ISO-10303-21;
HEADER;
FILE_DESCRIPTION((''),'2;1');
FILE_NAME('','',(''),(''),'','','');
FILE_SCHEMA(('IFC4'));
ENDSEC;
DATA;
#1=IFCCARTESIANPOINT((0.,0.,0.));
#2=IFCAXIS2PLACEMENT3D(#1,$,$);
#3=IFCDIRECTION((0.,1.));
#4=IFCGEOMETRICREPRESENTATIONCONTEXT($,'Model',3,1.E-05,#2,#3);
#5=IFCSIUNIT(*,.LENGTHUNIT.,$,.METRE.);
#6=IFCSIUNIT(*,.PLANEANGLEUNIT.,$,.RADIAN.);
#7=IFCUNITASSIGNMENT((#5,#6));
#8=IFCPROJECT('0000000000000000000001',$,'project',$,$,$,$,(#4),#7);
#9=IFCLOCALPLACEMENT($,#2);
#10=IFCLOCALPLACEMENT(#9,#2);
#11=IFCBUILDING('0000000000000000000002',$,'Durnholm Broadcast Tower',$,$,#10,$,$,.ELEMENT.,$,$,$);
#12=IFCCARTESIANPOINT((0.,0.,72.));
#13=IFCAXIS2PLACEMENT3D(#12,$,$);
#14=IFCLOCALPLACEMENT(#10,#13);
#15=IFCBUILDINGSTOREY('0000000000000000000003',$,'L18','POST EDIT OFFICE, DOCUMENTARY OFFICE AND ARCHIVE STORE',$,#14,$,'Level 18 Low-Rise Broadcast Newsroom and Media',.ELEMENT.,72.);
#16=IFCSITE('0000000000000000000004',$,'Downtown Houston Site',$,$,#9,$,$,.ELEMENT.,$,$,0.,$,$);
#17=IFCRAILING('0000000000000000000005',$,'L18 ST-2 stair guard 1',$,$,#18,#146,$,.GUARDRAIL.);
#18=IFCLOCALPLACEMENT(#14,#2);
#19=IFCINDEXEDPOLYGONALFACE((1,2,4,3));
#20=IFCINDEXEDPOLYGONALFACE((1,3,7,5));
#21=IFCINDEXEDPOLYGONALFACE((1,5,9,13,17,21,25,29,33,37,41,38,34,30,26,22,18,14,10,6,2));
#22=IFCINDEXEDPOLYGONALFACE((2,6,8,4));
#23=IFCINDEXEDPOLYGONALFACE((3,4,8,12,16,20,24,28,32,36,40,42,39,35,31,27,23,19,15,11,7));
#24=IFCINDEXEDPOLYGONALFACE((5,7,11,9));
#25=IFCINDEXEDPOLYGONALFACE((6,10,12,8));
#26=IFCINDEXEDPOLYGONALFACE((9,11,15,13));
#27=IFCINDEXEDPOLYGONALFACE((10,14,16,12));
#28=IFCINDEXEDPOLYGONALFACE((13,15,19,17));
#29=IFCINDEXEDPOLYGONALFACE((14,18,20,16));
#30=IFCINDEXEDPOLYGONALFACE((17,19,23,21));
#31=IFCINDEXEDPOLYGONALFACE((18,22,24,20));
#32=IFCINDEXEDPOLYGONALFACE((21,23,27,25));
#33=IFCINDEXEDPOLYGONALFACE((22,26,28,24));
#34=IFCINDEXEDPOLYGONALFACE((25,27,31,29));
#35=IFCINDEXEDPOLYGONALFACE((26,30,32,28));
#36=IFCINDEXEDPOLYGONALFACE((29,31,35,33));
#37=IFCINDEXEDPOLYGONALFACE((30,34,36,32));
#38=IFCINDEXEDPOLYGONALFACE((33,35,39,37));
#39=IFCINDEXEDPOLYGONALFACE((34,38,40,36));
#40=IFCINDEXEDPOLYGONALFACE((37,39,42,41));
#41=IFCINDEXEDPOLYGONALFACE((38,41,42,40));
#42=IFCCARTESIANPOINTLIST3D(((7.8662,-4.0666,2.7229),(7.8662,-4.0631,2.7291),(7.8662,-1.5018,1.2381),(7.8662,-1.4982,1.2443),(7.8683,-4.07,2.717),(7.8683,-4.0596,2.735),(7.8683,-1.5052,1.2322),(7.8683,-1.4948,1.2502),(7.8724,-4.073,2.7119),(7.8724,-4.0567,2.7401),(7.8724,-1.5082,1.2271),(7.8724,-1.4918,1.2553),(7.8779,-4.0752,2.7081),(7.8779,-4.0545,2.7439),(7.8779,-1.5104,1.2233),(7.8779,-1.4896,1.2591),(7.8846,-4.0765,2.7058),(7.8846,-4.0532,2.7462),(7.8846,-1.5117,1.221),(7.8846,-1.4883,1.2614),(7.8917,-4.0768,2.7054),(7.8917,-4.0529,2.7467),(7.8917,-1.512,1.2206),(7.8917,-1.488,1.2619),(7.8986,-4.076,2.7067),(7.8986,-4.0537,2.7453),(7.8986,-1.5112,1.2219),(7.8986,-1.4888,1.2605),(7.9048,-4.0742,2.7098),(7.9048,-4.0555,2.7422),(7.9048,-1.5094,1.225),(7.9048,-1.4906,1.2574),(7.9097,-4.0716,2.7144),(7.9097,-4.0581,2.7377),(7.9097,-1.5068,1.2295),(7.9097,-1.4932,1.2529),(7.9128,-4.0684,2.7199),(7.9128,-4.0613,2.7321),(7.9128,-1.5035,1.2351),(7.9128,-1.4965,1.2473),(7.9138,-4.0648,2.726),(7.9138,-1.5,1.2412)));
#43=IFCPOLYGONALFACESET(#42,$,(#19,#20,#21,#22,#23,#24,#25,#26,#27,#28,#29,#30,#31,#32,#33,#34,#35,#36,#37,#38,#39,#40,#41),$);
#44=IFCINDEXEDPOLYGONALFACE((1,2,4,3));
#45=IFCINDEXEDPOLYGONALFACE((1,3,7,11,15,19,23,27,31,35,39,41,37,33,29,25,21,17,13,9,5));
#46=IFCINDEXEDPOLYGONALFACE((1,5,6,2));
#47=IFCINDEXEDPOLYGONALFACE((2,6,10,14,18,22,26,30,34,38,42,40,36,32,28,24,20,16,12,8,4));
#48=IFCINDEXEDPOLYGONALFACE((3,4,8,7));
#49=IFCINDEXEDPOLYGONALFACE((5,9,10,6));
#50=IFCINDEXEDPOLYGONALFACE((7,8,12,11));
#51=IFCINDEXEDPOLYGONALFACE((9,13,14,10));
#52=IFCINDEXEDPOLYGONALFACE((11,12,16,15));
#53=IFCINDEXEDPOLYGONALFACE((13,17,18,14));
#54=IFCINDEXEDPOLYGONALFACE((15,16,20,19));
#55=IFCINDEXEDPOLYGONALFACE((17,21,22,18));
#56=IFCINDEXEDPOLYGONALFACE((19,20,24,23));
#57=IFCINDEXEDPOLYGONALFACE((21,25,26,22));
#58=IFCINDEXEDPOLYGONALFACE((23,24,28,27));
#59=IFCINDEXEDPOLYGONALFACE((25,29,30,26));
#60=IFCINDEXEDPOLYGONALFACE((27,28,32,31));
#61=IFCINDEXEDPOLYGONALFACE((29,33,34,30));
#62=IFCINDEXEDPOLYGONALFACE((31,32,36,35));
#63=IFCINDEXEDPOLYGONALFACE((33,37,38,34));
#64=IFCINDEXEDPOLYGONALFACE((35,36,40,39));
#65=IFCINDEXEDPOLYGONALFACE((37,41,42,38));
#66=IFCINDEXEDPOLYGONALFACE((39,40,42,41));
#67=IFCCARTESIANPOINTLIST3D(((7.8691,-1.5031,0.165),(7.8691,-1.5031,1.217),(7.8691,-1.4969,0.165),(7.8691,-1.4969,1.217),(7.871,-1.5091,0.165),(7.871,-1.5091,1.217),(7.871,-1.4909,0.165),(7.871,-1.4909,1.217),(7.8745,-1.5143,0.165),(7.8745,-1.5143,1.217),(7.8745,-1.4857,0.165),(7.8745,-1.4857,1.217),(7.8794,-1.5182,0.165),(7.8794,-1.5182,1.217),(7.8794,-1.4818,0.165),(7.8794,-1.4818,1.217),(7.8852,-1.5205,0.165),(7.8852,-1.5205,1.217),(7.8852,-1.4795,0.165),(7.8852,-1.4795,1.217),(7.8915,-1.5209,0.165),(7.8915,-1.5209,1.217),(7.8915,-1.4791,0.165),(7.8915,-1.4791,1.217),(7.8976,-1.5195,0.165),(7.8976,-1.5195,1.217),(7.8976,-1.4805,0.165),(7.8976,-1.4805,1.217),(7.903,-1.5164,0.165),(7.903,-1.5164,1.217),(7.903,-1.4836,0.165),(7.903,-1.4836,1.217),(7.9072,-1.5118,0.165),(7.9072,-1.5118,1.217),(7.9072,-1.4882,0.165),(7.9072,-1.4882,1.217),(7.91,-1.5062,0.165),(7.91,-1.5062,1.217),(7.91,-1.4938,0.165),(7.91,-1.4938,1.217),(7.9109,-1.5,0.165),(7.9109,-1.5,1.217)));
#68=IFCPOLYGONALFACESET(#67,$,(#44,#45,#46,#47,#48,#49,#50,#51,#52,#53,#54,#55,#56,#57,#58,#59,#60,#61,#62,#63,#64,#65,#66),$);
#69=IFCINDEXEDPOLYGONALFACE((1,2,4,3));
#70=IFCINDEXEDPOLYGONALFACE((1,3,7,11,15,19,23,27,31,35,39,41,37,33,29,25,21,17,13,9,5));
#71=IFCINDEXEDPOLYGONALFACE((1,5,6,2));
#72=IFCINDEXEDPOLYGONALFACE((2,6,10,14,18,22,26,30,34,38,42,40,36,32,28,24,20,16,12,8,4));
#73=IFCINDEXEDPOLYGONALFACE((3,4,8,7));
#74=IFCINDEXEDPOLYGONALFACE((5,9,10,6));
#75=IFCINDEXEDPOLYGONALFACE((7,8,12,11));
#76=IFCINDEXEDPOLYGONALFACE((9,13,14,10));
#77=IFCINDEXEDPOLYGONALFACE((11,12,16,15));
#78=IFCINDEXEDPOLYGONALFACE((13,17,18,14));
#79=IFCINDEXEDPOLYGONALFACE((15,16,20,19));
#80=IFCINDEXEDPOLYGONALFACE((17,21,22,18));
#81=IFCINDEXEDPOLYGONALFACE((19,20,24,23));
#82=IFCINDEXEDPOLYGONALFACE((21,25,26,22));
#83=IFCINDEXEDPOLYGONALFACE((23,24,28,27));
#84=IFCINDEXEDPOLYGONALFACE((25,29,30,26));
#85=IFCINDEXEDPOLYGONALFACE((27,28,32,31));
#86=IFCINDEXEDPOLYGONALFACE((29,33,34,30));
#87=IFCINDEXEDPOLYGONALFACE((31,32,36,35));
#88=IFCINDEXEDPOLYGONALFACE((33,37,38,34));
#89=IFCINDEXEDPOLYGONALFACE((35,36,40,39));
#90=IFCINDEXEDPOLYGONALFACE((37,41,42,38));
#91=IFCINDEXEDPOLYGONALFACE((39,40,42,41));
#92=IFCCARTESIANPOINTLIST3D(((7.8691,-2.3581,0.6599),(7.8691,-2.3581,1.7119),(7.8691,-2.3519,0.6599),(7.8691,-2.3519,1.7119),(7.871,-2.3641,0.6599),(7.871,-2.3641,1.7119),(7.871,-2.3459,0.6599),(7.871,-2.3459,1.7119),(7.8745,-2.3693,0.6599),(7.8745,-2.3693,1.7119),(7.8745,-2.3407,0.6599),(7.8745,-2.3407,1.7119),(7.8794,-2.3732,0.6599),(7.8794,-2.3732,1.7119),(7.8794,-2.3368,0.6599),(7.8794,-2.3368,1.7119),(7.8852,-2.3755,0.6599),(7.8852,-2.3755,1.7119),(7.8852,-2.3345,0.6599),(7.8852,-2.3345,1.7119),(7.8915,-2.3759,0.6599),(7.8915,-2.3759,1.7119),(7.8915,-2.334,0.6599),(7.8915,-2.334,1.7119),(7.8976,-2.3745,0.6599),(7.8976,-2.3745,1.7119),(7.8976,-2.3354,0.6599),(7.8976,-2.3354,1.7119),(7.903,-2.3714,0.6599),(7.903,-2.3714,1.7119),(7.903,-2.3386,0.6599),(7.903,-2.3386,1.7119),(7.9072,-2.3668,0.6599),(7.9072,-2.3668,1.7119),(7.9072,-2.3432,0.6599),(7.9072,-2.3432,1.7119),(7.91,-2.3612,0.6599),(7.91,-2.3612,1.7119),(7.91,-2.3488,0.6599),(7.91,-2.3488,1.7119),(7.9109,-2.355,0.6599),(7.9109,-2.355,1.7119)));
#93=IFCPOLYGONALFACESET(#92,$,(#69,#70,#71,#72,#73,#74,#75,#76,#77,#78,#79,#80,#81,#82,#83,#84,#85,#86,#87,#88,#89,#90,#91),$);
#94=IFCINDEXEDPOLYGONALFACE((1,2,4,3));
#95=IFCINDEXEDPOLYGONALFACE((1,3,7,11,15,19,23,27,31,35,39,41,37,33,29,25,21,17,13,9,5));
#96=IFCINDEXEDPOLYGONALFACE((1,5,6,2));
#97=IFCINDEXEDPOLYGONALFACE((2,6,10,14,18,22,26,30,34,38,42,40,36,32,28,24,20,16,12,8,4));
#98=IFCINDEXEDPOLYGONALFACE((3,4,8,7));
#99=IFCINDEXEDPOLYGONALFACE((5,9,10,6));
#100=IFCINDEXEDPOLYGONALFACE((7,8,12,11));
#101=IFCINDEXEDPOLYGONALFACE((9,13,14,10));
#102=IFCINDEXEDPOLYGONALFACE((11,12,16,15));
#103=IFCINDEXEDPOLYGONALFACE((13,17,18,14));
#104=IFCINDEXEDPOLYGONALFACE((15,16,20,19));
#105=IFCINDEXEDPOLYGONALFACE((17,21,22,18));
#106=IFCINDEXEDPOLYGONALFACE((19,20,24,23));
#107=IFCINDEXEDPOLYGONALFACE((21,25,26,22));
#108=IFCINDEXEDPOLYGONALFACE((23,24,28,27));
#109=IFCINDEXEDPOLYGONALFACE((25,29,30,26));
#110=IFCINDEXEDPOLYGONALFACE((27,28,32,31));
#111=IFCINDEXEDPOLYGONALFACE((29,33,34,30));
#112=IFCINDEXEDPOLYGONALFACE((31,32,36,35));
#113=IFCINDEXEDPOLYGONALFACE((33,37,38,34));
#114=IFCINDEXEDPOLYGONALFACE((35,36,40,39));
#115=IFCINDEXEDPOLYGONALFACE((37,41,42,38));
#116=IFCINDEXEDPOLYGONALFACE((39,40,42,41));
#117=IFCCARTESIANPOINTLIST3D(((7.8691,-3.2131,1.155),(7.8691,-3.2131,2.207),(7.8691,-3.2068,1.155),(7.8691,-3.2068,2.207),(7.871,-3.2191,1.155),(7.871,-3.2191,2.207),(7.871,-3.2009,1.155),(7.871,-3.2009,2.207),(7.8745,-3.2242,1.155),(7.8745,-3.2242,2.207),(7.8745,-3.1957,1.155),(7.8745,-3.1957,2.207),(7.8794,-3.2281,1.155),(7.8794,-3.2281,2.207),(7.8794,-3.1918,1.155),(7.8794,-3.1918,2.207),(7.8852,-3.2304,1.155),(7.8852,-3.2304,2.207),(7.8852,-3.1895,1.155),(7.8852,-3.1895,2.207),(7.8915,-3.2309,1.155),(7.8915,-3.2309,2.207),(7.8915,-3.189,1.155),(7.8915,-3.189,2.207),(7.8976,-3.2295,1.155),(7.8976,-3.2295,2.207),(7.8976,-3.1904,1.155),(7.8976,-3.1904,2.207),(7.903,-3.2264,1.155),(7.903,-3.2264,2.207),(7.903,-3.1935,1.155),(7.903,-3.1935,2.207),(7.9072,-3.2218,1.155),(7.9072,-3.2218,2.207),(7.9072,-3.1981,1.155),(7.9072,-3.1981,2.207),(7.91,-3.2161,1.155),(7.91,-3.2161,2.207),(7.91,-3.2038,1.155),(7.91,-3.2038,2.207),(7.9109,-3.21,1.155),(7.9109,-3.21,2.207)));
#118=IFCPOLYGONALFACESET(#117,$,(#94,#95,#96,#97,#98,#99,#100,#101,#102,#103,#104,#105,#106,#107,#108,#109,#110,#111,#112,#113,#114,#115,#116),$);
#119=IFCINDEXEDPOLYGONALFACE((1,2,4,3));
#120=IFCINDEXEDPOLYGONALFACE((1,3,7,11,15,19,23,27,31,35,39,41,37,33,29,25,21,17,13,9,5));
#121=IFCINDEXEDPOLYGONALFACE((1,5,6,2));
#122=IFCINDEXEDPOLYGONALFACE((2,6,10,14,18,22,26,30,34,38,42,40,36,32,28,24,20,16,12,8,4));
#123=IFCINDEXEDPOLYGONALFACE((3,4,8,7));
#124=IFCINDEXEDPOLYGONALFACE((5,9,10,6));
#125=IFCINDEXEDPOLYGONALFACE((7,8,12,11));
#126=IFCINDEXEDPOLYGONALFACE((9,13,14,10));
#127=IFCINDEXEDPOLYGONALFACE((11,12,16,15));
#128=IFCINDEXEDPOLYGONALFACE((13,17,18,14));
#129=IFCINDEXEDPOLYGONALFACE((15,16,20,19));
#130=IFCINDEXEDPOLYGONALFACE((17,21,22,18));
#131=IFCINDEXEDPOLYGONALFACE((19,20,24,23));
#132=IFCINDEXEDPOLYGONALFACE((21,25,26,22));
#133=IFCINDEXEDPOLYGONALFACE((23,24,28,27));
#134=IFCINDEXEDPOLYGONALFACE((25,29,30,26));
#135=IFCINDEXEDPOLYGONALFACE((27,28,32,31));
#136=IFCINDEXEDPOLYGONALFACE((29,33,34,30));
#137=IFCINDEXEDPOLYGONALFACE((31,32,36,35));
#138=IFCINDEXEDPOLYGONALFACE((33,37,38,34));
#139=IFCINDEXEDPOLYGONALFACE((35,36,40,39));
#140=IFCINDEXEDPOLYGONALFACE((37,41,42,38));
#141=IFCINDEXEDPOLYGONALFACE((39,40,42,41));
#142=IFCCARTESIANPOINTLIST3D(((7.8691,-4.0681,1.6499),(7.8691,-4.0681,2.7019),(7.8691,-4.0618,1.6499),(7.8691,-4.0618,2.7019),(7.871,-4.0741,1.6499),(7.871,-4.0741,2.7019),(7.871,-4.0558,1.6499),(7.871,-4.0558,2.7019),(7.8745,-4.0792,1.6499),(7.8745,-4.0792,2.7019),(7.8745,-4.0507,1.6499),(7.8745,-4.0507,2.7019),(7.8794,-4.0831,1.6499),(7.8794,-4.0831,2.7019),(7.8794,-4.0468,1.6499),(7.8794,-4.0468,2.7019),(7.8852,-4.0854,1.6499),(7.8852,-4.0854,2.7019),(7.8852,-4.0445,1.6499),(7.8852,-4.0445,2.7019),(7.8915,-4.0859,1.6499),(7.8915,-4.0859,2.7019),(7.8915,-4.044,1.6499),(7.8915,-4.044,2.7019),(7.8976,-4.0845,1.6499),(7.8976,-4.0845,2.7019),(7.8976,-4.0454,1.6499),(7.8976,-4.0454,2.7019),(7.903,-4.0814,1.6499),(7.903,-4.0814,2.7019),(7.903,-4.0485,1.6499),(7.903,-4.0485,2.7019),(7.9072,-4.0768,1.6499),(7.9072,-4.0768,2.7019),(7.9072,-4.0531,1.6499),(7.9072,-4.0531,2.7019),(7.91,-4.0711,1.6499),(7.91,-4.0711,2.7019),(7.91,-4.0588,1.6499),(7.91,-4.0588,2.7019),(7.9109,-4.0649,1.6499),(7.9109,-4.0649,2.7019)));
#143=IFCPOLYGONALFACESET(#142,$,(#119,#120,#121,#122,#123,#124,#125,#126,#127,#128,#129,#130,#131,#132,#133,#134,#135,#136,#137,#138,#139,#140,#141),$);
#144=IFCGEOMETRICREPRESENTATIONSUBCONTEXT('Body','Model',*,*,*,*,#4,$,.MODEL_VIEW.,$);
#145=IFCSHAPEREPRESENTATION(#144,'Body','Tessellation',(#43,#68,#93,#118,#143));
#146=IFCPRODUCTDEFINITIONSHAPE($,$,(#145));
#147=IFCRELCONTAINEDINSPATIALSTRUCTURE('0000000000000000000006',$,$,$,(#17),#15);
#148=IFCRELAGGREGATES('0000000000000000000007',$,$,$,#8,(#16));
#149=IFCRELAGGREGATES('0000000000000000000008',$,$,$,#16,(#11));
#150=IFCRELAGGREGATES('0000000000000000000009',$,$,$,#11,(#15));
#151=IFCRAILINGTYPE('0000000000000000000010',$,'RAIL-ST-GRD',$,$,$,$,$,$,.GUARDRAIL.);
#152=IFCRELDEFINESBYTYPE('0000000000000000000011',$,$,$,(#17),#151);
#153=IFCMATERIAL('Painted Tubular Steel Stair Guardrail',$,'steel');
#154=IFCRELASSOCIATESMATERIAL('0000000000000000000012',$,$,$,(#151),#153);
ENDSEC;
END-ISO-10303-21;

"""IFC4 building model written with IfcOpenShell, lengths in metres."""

from ifc_helpers import new_model, si_unit, direction, frame, origin, origin_2d, place, context, subcontext, project, spatial, circle, extrude, material, type_object, element, save


model = new_model("IFC4")

# Units and contexts
model_context = context("Model", 3, precision=1e-05, world=origin(), true_north=direction((0.0, 1.0)))
body_context = subcontext(model_context, "Body", "Model", "MODEL_VIEW")
ifc_project = project(units=[si_unit("LENGTHUNIT", "METRE"), si_unit("PLANEANGLEUNIT", "RADIAN")], contexts=[model_context])

# Site, building, storey
site_placement = place(None, origin())
site = spatial("IfcSite", under=ifc_project, at=site_placement, Name="Downtown Houston Site", CompositionType="ELEMENT", RefElevation=0.0)
building_placement = place(site_placement, origin())
building = spatial("IfcBuilding", under=site, at=building_placement, Name="Durnholm Broadcast Tower", CompositionType="ELEMENT")
storey_placement = place(building_placement, frame((0.0, 0.0, 72.0)))
storey = spatial("IfcBuildingStorey", under=building, at=storey_placement, Name="L18", Description="POST EDIT OFFICE, DOCUMENTARY OFFICE AND ARCHIVE STORE", LongName="Level 18 Low-Rise Broadcast Newsroom and Media", CompositionType="ELEMENT", Elevation=72.0)

# Railing
ifc_material_1 = material(Name="Painted Tubular Steel Stair Guardrail", Category="steel")
railing_type_1 = type_object("IfcRailingType", Name="RAIL-ST-GRD", PredefinedType="GUARDRAIL", material=ifc_material_1)
railing_1_placement = place(storey_placement, frame((7.8899, -1.5, 0.165)))
element("IfcRailing", 1, at=railing_1_placement, inside=storey, type_object=railing_type_1, Name="L18 ST-2 stair guard 1", PredefinedType="GUARDRAIL", context=body_context, shape_type="SweptSolid", body=[
    extrude(circle(Radius=0.0239, at=origin_2d()), frame((0.0, 0.0, 1.0762), z_axis=(0.0, -0.865441, 0.50101), x_axis=(1.0, 0.0, 0.0)), (0.0, 0.0, 1.0), 2.9636),
    extrude(circle(Radius=0.021, at=origin_2d()), origin(), (0.0, 0.0, 1.0), 1.052),
    extrude(circle(Radius=0.021, at=origin_2d()), frame((0.0, -0.855, 0.4949)), (0.0, 0.0, 1.0), 1.052),
    extrude(circle(Radius=0.021, at=origin_2d()), frame((0.0, -1.71, 0.99)), (0.0, 0.0, 1.0), 1.052),
    extrude(circle(Radius=0.021, at=origin_2d()), frame((0.0, -2.5649, 1.4849)), (0.0, 0.0, 1.0), 1.052),
])

save(model, "model.ifc")
